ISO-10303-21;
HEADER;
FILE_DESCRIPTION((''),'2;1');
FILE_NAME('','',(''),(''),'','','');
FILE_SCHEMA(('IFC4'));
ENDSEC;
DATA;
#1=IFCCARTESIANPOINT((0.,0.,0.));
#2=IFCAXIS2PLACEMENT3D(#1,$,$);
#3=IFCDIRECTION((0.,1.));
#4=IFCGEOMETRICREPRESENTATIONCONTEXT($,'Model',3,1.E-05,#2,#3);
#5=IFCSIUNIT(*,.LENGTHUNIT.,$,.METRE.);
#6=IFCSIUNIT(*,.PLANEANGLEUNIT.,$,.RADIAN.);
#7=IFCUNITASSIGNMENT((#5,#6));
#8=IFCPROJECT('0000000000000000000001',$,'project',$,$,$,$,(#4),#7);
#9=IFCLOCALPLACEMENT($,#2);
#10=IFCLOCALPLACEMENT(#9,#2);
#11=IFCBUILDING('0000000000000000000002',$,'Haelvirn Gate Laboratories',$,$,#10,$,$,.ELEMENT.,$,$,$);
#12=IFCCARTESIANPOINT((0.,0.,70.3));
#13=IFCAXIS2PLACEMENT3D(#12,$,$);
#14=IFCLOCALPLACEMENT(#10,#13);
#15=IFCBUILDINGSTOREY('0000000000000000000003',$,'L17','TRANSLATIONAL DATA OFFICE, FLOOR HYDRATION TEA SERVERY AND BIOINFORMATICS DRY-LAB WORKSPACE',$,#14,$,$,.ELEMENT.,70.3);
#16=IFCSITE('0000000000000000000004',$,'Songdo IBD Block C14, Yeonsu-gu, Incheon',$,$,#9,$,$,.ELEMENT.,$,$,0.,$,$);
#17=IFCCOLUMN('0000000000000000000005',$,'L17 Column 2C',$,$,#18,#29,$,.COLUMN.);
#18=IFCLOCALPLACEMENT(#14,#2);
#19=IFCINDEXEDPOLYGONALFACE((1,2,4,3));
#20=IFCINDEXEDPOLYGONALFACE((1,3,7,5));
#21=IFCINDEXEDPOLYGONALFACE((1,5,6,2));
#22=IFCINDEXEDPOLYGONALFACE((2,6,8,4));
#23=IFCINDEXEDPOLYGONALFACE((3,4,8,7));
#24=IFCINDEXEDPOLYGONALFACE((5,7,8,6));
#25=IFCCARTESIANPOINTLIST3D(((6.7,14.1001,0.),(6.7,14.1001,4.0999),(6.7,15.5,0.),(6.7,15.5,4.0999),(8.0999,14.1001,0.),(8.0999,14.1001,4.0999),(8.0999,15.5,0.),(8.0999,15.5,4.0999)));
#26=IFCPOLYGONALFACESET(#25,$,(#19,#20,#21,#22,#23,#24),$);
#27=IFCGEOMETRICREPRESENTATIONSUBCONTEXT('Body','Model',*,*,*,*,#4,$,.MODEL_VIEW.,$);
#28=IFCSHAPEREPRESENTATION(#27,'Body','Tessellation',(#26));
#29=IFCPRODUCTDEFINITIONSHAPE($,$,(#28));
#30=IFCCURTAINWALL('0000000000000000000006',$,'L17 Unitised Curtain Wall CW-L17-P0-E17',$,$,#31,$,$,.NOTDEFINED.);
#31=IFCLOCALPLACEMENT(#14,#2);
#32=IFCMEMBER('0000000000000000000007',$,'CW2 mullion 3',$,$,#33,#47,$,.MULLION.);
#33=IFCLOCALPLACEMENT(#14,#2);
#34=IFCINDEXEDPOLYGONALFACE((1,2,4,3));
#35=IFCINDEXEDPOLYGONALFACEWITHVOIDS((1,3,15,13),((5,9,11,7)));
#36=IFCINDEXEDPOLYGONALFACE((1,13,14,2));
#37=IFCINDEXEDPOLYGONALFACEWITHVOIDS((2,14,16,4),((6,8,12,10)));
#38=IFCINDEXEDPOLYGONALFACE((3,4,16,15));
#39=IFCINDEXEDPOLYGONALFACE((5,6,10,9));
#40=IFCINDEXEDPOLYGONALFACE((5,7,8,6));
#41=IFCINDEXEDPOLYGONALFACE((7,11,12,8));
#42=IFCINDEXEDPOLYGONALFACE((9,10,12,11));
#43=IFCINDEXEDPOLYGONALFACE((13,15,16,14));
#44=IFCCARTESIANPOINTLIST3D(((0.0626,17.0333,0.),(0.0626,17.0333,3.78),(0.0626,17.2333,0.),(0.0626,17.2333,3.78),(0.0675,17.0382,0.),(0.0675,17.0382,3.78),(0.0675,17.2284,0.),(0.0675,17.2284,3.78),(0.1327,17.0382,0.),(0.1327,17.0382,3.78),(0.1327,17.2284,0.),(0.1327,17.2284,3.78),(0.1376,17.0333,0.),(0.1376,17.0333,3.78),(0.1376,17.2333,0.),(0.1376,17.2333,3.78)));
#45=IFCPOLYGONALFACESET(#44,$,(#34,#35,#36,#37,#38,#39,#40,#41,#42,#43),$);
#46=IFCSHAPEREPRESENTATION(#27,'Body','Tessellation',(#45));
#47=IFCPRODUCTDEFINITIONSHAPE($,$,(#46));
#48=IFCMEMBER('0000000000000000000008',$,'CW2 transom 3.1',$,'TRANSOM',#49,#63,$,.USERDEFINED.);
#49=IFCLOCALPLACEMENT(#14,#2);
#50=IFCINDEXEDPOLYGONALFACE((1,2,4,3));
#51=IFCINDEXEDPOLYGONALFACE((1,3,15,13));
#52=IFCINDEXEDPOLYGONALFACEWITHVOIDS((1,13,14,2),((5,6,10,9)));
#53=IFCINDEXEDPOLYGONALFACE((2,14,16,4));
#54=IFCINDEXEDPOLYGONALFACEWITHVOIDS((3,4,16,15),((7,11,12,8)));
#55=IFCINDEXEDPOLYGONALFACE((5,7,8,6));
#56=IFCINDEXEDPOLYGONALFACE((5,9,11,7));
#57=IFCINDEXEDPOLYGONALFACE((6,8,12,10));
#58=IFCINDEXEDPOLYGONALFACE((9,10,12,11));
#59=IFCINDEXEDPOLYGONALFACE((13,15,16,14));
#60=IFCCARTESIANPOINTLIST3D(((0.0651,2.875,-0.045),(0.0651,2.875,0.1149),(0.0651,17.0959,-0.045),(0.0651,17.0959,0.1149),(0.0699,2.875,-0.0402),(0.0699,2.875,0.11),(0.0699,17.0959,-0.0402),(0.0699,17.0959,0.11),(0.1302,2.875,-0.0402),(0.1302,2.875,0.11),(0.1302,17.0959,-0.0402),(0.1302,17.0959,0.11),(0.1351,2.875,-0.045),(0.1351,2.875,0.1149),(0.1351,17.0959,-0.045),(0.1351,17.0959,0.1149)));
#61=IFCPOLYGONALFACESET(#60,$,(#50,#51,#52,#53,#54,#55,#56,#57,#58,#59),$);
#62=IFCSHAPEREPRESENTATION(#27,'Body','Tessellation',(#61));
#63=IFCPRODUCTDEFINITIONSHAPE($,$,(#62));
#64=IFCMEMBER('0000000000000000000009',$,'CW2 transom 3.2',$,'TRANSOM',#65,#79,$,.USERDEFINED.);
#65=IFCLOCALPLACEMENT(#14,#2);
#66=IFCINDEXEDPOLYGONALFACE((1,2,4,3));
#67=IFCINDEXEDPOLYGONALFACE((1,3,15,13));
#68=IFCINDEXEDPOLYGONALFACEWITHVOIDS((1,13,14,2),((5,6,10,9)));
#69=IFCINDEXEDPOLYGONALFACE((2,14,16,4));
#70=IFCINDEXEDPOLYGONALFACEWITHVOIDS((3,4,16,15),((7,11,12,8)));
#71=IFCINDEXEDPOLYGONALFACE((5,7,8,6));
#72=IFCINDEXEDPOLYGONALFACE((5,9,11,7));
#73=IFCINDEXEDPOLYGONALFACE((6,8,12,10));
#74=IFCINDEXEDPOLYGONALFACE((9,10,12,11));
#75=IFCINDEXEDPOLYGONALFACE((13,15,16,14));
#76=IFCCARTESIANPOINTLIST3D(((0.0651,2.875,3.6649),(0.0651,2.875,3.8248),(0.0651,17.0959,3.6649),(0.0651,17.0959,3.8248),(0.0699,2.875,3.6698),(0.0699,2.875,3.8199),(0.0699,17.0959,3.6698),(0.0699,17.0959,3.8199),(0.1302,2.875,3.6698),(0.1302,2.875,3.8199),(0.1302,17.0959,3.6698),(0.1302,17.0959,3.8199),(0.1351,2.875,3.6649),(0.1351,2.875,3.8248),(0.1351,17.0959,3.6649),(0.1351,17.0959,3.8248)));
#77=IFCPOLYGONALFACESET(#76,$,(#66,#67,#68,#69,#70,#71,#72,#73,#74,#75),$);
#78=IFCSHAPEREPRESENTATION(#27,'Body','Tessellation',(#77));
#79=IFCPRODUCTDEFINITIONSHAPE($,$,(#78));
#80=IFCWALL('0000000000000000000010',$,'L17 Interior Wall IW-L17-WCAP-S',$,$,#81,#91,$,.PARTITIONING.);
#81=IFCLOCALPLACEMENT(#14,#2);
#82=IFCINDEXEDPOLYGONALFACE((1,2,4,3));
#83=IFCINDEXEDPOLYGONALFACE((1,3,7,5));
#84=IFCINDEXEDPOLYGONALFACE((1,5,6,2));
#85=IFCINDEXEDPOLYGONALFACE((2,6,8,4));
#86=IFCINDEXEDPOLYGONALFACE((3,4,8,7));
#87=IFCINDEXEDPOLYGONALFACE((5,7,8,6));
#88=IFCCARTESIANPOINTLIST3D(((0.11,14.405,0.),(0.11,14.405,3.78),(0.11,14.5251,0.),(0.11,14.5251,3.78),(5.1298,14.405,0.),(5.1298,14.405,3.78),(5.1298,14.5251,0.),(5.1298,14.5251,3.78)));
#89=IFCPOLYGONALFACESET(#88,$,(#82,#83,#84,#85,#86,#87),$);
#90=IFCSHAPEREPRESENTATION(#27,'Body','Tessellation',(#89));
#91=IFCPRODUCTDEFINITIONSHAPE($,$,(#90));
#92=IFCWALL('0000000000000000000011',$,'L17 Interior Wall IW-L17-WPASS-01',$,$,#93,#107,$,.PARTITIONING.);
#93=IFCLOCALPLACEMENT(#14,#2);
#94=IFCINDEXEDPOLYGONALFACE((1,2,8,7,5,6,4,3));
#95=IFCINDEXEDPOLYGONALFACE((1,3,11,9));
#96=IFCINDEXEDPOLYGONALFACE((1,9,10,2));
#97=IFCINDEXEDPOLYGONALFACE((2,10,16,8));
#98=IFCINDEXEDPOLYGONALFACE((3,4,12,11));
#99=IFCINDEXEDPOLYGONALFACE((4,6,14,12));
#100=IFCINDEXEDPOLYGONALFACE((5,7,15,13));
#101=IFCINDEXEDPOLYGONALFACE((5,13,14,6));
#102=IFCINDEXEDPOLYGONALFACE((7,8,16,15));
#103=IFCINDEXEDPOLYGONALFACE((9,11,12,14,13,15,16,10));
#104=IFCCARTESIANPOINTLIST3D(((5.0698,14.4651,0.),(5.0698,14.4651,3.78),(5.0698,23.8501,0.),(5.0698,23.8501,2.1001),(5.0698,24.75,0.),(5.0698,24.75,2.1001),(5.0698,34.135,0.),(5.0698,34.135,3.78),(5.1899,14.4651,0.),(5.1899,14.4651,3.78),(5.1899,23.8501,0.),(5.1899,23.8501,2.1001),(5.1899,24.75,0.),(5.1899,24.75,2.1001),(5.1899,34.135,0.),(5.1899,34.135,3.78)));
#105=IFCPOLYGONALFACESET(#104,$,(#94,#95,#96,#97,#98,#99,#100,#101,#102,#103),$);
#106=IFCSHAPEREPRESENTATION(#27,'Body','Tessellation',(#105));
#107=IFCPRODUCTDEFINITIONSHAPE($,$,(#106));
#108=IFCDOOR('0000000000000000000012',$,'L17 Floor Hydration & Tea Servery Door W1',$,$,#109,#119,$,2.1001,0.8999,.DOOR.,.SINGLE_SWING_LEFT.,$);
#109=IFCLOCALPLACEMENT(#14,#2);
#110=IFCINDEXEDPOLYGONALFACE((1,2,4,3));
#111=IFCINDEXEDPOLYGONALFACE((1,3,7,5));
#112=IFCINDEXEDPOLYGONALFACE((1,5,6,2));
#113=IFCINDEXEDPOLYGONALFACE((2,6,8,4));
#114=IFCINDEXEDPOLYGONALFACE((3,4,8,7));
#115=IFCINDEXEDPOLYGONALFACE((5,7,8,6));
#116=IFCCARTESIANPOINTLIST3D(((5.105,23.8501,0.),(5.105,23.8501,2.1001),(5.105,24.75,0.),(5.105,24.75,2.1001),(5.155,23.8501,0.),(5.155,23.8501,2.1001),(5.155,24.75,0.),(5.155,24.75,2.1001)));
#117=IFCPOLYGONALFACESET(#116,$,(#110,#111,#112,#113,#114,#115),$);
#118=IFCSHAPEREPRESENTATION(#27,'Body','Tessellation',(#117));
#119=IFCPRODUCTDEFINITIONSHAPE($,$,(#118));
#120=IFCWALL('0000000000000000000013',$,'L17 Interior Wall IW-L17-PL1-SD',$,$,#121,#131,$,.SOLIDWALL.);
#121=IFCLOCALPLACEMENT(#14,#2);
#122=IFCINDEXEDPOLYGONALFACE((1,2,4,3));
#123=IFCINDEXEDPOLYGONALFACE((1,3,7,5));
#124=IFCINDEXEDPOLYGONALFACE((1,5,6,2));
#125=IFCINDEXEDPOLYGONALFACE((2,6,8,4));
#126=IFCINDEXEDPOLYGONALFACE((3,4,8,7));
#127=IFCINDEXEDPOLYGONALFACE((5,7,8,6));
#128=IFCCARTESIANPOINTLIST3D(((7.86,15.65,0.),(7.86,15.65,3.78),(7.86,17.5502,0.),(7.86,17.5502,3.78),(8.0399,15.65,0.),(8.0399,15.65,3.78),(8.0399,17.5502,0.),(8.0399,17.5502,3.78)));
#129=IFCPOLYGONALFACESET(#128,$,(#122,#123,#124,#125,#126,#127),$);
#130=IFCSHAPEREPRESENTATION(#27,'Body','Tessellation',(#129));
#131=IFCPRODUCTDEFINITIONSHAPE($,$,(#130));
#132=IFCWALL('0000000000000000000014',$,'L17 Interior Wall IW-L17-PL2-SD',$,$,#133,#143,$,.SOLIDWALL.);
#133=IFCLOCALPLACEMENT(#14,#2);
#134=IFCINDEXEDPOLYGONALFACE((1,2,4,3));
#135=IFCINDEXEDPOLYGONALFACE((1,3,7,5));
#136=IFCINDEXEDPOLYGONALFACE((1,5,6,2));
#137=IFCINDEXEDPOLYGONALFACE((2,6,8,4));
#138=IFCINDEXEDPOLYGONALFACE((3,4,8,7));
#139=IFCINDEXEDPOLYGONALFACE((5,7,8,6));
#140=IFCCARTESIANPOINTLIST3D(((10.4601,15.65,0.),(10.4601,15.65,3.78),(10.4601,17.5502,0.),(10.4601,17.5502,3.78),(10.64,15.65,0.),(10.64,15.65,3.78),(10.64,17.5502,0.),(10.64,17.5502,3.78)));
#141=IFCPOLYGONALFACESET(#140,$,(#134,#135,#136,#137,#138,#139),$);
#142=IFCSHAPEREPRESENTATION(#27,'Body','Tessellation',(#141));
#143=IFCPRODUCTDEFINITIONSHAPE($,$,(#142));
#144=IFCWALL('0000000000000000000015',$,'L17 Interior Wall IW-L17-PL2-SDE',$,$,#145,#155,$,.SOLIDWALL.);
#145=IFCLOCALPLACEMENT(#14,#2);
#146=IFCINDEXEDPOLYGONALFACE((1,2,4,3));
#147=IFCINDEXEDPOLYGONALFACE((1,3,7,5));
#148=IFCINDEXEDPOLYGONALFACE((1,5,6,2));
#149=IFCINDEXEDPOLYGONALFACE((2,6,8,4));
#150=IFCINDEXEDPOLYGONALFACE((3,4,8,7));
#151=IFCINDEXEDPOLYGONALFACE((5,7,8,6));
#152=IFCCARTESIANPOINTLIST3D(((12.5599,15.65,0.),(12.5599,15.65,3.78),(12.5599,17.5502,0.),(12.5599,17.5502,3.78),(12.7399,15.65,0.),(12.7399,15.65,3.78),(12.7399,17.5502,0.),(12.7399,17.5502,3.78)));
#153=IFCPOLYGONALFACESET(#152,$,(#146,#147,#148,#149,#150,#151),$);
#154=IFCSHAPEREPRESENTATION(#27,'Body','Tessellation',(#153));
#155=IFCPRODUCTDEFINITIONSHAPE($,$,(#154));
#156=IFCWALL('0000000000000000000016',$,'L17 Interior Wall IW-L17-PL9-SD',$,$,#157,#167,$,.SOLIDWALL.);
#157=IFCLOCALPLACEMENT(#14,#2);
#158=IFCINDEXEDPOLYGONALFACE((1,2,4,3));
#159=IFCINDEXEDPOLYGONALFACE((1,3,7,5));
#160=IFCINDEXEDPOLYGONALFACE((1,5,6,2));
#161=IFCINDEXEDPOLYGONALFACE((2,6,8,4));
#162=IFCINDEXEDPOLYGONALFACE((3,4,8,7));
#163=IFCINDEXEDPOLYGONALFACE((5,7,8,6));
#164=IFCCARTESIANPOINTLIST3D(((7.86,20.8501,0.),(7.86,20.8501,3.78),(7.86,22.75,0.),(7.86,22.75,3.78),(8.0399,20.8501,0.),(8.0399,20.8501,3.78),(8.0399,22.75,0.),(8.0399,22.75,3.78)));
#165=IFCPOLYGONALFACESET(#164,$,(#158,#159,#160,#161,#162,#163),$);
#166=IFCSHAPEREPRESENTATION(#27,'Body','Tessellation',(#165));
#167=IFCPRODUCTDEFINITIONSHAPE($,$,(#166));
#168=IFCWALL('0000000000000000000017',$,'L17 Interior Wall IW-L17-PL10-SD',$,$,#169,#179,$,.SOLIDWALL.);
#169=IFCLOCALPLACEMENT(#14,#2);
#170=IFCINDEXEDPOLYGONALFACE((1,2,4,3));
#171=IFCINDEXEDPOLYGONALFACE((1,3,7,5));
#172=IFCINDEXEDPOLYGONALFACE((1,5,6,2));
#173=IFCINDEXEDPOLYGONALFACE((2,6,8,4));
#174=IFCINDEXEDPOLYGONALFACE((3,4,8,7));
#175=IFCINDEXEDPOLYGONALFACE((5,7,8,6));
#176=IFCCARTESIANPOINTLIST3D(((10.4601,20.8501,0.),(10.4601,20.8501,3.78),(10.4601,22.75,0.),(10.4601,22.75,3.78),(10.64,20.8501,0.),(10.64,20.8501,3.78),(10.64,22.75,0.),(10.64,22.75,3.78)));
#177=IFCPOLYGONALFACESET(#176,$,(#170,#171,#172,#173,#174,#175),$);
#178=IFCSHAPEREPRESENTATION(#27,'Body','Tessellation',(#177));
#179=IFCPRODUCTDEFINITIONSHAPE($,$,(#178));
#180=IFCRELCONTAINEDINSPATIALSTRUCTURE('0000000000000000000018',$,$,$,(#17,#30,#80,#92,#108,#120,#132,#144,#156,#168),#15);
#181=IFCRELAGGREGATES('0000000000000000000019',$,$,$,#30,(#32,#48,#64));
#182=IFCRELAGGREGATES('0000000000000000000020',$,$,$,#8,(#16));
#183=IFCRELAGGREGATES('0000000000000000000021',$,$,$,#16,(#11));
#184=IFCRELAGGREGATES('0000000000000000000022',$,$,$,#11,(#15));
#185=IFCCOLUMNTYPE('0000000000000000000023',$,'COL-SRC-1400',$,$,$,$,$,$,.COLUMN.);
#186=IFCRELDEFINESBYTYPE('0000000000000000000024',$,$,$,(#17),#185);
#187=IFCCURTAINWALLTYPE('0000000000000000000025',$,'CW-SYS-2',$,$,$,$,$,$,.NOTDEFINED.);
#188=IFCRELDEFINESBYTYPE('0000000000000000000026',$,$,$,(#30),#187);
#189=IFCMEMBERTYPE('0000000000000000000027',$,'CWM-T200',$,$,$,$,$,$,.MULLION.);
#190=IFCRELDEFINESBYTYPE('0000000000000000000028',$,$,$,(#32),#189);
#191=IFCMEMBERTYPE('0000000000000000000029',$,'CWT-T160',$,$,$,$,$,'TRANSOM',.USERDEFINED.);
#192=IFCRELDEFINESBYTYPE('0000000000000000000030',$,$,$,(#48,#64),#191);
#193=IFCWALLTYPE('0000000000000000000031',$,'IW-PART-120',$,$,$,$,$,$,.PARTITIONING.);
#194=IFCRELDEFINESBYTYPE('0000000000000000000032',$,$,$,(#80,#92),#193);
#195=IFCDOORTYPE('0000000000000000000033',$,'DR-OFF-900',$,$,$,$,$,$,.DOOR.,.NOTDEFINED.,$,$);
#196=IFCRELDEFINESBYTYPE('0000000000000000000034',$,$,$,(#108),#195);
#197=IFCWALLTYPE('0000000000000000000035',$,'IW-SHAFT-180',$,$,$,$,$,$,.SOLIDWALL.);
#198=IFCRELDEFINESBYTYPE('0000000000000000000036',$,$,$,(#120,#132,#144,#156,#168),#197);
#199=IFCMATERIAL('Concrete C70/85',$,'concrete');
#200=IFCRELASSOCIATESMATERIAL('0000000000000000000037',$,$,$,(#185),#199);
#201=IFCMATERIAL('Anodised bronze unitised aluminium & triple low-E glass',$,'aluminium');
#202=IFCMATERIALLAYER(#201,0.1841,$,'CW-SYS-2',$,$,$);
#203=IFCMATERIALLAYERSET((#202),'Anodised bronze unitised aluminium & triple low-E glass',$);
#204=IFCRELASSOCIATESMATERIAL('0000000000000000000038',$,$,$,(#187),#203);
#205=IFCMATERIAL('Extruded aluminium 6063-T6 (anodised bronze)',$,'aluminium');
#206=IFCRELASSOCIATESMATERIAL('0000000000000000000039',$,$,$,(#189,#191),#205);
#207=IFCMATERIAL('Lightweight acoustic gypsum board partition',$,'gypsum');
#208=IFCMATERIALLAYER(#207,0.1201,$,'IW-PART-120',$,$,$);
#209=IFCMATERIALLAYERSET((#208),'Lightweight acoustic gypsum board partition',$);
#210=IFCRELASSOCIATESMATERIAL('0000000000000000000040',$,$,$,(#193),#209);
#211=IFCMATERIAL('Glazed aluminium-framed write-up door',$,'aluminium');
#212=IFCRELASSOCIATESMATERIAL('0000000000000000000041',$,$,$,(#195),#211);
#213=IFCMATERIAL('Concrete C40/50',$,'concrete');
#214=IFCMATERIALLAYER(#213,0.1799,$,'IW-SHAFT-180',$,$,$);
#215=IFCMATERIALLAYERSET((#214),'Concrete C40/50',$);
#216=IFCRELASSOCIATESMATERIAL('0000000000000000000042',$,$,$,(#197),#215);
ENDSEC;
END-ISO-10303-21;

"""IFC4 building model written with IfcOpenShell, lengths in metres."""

from ifc_helpers import new_model, si_unit, direction, frame, frame_2d, origin, origin_2d, place, context, subcontext, project, spatial, rectangle, hollow_rectangle, extrude, source, transform, mapped, material, layer, layer_set, material_profile, profile_set, type_object, type_shapes, element, fill, aggregate, save


model = new_model("IFC4")

# Units and contexts
model_context = context("Model", 3, precision=1e-05, world=origin(), true_north=direction((0.0, 1.0)))
body_context = subcontext(model_context, "Body", "Model", "MODEL_VIEW")
ifc_project = project(units=[si_unit("LENGTHUNIT", "METRE"), si_unit("PLANEANGLEUNIT", "RADIAN")], contexts=[model_context])

# Site, building, storey
site_placement = place(None, origin())
site = spatial("IfcSite", under=ifc_project, at=site_placement, Name="Songdo IBD Block C14, Yeonsu-gu, Incheon", CompositionType="ELEMENT", RefElevation=0.0)
building_placement = place(site_placement, origin())
building = spatial("IfcBuilding", under=site, at=building_placement, Name="Haelvirn Gate Laboratories", CompositionType="ELEMENT")
storey_placement = place(building_placement, frame((0.0, 0.0, 70.3)))
storey = spatial("IfcBuildingStorey", under=building, at=storey_placement, Name="L17", Description="TRANSLATIONAL DATA OFFICE, FLOOR HYDRATION TEA SERVERY AND BIOINFORMATICS DRY-LAB WORKSPACE", CompositionType="ELEMENT", Elevation=70.3)

# Column
ifc_material_1 = material(Name="Concrete C70/85", Category="concrete")
ifc_material_profile_1 = material_profile(ifc_material_1, rectangle(XDim=1.3999, YDim=1.3999, at=origin_2d()), Name="SRC-1400x1400")
ifc_profile_set_1 = profile_set([ifc_material_profile_1], Name="Concrete C70/85")
column_type = type_object("IfcColumnType", Name="COL-SRC-1400", PredefinedType="COLUMN", material=ifc_profile_set_1)
shared_shape_1 = source(origin(), body_context, "Body", "SweptSolid", [
    extrude(rectangle(XDim=1.3999, YDim=1.3999, at=origin_2d()), origin(), (0.0, 0.0, 1.0), 4.0999),
])
type_shapes(column_type, [shared_shape_1])
column_placement = place(storey_placement, frame((7.3999, 14.8, 0.0), z_axis=(0.0, 0.0, 1.0), x_axis=(1.0, 0.0, 0.0)))
element("IfcColumn", 1, at=column_placement, inside=storey, type_object=column_type, Name="L17 Column 2C", PredefinedType="COLUMN", context=body_context, shape_type="MappedRepresentation", body=[
    mapped(shared_shape_1, transform((0.0, 0.0, 0.0), scale=1.0)),
])

# Curtain wall, members
ifc_material_2 = material(Name="Anodised bronze unitised aluminium & triple low-E glass", Category="aluminium")
ifc_layer_1 = layer(ifc_material_2, 0.1841, Name="CW-SYS-2")
ifc_layer_set_1 = layer_set([ifc_layer_1], Name="Anodised bronze unitised aluminium & triple low-E glass")
curtain_wall_type = type_object("IfcCurtainWallType", Name="CW-SYS-2", PredefinedType="NOTDEFINED", material=ifc_layer_set_1)
curtain_wall_placement = place(storey_placement, origin())
curtain_wall = element("IfcCurtainWall", 2, at=curtain_wall_placement, inside=storey, type_object=curtain_wall_type, Name="L17 Unitised Curtain Wall CW-L17-P0-E17", PredefinedType="NOTDEFINED")
ifc_material_3 = material(Name="Extruded aluminium 6063-T6 (anodised bronze)", Category="aluminium")
ifc_material_profile_2 = material_profile(ifc_material_3, hollow_rectangle(XDim=0.075, YDim=0.2, WallThickness=0.0049, at=origin_2d()), Name="CWM-200x75x5")
ifc_profile_set_2 = profile_set([ifc_material_profile_2], Name="Extruded aluminium 6063-T6 (anodised bronze)")
member_type_1 = type_object("IfcMemberType", Name="CWM-T200", PredefinedType="MULLION", material=ifc_profile_set_2)
shared_shape_2 = source(origin(), body_context, "Body", "SweptSolid", [
    extrude(hollow_rectangle(XDim=0.075, YDim=0.2, WallThickness=0.0049, at=origin_2d()), origin(), (0.0, 0.0, 1.0), 3.78),
])
type_shapes(member_type_1, [shared_shape_2])
member_1_placement = place(storey_placement, frame((0.1001, 17.1333, 0.0), z_axis=(0.0, 0.0, 1.0), x_axis=(1.0, 0.0, 0.0)))
member_1 = element("IfcMember", 3, at=member_1_placement, type_object=member_type_1, Name="CW2 mullion 3", PredefinedType="MULLION", context=body_context, shape_type="MappedRepresentation", body=[
    mapped(shared_shape_2, transform((0.0, 0.0, 0.0), scale=1.0)),
])
ifc_material_profile_3 = material_profile(ifc_material_3, hollow_rectangle(XDim=0.0701, YDim=0.1599, WallThickness=0.0049, at=origin_2d()), Name="CWT-160x70x5")
ifc_profile_set_3 = profile_set([ifc_material_profile_3], Name="Extruded aluminium 6063-T6 (anodised bronze)")
member_type_2 = type_object("IfcMemberType", Name="CWT-T160", ElementType="TRANSOM", PredefinedType="USERDEFINED", material=ifc_profile_set_3)
shared_shape_3 = source(origin(), body_context, "Body", "SweptSolid", [
    extrude(hollow_rectangle(XDim=0.0701, YDim=0.1599, WallThickness=0.0049, at=origin_2d()), origin(), (0.0, 0.0, 1.0), 14.2209),
])
type_shapes(member_type_2, [shared_shape_3])
member_2_placement = place(storey_placement, frame((0.1001, 17.0959, 0.0349), z_axis=(0.0, -1.0, 0.0), x_axis=(1.0, 0.0, 0.0)))
member_2 = element("IfcMember", 4, at=member_2_placement, type_object=member_type_2, Name="CW2 transom 3.1", ObjectType="TRANSOM", PredefinedType="USERDEFINED", context=body_context, shape_type="MappedRepresentation", body=[
    mapped(shared_shape_3, transform((0.0, 0.0, 0.0), scale=1.0)),
])
member_3_placement = place(storey_placement, frame((0.1001, 17.0959, 3.7449), z_axis=(0.0, -1.0, 0.0), x_axis=(1.0, 0.0, 0.0)))
member_3 = element("IfcMember", 5, at=member_3_placement, type_object=member_type_2, Name="CW2 transom 3.2", ObjectType="TRANSOM", PredefinedType="USERDEFINED", context=body_context, shape_type="MappedRepresentation", body=[
    mapped(shared_shape_3, transform((0.0, 0.0, 0.0), scale=1.0)),
])
aggregate(curtain_wall, [member_1, member_2, member_3])

# Wall
ifc_material_4 = material(Name="Lightweight acoustic gypsum board partition", Category="gypsum")
ifc_layer_2 = layer(ifc_material_4, 0.1201, Name="IW-PART-120")
ifc_layer_set_2 = layer_set([ifc_layer_2], Name="Lightweight acoustic gypsum board partition")
wall_type_1 = type_object("IfcWallType", Name="IW-PART-120", PredefinedType="PARTITIONING", material=ifc_layer_set_2)
wall_1_placement = place(storey_placement, frame((0.1101, 14.4651, 0.0), z_axis=(0.0, 0.0, 1.0), x_axis=(1.0, 0.0, 0.0)))
element("IfcWall", 6, at=wall_1_placement, inside=storey, type_object=wall_type_1, Name="L17 Interior Wall IW-L17-WCAP-S", PredefinedType="PARTITIONING", context=body_context, shape_type="SweptSolid", body=[
    extrude(rectangle(XDim=5.0198, YDim=0.1201, at=frame_2d((2.5098, 0.0))), origin(), (0.0, 0.0, 1.0), 3.78),
])

# Wall, opening, door
wall_2_placement = place(storey_placement, frame((5.1299, 14.4651, 0.0), z_axis=(0.0, 0.0, 1.0), x_axis=(0.0, 1.0, 0.0)))
wall_2 = element("IfcWall", 7, at=wall_2_placement, inside=storey, type_object=wall_type_1, Name="L17 Interior Wall IW-L17-WPASS-01", PredefinedType="PARTITIONING", context=body_context, shape_type="SweptSolid", body=[
    extrude(rectangle(XDim=19.6699, YDim=0.1201, at=frame_2d((9.835, 0.0))), origin(), (0.0, 0.0, 1.0), 3.78),
])
opening_1_placement = place(wall_2_placement, frame((9.385, 0.0, 0.0)))
opening_1 = element("IfcOpeningElement", 8, at=opening_1_placement, cuts=wall_2, PredefinedType="OPENING", context=body_context, shape_type="SweptSolid", body=[
    extrude(rectangle(XDim=0.8999, YDim=2.1001, at=frame_2d((0.45, 1.05))), frame((0.0, 0.0701, 0.0), z_axis=(0.0, -1.0, 0.0), x_axis=(1.0, 0.0, 0.0)), (0.0, 0.0, 1.0), 0.1401),
])
ifc_material_5 = material(Name="Glazed aluminium-framed write-up door", Category="aluminium")
door_type_1 = type_object("IfcDoorType", Name="DR-OFF-900", OperationType="NOTDEFINED", PredefinedType="DOOR", material=ifc_material_5)
shared_shape_4 = source(origin(), body_context, "Body", "SweptSolid", [
    extrude(rectangle(XDim=0.8999, YDim=2.1001, at=frame_2d((0.45, 1.05))), frame((0.0, 0.0249, 0.0), z_axis=(0.0, -1.0, 0.0), x_axis=(1.0, 0.0, 0.0)), (0.0, 0.0, 1.0), 0.05),
])
type_shapes(door_type_1, [shared_shape_4])
door_1_placement = place(opening_1_placement, origin())
door_1 = element("IfcDoor", 9, at=door_1_placement, inside=storey, type_object=door_type_1, Name="L17 Floor Hydration & Tea Servery Door W1", OperationType="SINGLE_SWING_LEFT", OverallHeight=2.1001, OverallWidth=0.8999, PredefinedType="DOOR", context=body_context, shape_type="MappedRepresentation", body=[
    mapped(shared_shape_4, transform((0.0, 0.0, 0.0), scale=1.0)),
])
fill(opening_1, door_1)

# Walls
ifc_material_6 = material(Name="Concrete C40/50", Category="concrete")
ifc_layer_3 = layer(ifc_material_6, 0.1799, Name="IW-SHAFT-180")
ifc_layer_set_3 = layer_set([ifc_layer_3], Name="Concrete C40/50")
wall_type_2 = type_object("IfcWallType", Name="IW-SHAFT-180", PredefinedType="SOLIDWALL", material=ifc_layer_set_3)
for number, where, z_axis, x_axis, name in (
    (10, (7.95, 15.6499, 0.0), (0.0, 0.0, 1.0), (0.0, 1.0, 0.0), "L17 Interior Wall IW-L17-PL1-SD"),
    (11, (10.55, 15.6499, 0.0), (0.0, 0.0, 1.0), (0.0, 1.0, 0.0), "L17 Interior Wall IW-L17-PL2-SD"),
    (12, (12.6499, 15.6499, 0.0), (0.0, 0.0, 1.0), (0.0, 1.0, 0.0), "L17 Interior Wall IW-L17-PL2-SDE"),
):
    element("IfcWall", number, at=place(storey_placement, frame(where, z_axis=z_axis, x_axis=x_axis)), inside=storey, type_object=wall_type_2, Name=name, PredefinedType="SOLIDWALL", context=body_context, shape_type="SweptSolid", body=[
        extrude(rectangle(XDim=1.9001, YDim=0.1799, at=frame_2d((0.9502, 0.0))), origin(), (0.0, 0.0, 1.0), 3.78),
    ])
for number, where, z_axis, x_axis, name in (
    (13, (7.95, 20.8501, 0.0), (0.0, 0.0, 1.0), (0.0, 1.0, 0.0), "L17 Interior Wall IW-L17-PL9-SD"),
    (14, (10.55, 20.8501, 0.0), (0.0, 0.0, 1.0), (0.0, 1.0, 0.0), "L17 Interior Wall IW-L17-PL10-SD"),
):
    element("IfcWall", number, at=place(storey_placement, frame(where, z_axis=z_axis, x_axis=x_axis)), inside=storey, type_object=wall_type_2, Name=name, PredefinedType="SOLIDWALL", context=body_context, shape_type="SweptSolid", body=[
        extrude(rectangle(XDim=1.8999, YDim=0.1799, at=frame_2d((0.95, 0.0))), origin(), (0.0, 0.0, 1.0), 3.78),
    ])

save(model, "model.ifc")
